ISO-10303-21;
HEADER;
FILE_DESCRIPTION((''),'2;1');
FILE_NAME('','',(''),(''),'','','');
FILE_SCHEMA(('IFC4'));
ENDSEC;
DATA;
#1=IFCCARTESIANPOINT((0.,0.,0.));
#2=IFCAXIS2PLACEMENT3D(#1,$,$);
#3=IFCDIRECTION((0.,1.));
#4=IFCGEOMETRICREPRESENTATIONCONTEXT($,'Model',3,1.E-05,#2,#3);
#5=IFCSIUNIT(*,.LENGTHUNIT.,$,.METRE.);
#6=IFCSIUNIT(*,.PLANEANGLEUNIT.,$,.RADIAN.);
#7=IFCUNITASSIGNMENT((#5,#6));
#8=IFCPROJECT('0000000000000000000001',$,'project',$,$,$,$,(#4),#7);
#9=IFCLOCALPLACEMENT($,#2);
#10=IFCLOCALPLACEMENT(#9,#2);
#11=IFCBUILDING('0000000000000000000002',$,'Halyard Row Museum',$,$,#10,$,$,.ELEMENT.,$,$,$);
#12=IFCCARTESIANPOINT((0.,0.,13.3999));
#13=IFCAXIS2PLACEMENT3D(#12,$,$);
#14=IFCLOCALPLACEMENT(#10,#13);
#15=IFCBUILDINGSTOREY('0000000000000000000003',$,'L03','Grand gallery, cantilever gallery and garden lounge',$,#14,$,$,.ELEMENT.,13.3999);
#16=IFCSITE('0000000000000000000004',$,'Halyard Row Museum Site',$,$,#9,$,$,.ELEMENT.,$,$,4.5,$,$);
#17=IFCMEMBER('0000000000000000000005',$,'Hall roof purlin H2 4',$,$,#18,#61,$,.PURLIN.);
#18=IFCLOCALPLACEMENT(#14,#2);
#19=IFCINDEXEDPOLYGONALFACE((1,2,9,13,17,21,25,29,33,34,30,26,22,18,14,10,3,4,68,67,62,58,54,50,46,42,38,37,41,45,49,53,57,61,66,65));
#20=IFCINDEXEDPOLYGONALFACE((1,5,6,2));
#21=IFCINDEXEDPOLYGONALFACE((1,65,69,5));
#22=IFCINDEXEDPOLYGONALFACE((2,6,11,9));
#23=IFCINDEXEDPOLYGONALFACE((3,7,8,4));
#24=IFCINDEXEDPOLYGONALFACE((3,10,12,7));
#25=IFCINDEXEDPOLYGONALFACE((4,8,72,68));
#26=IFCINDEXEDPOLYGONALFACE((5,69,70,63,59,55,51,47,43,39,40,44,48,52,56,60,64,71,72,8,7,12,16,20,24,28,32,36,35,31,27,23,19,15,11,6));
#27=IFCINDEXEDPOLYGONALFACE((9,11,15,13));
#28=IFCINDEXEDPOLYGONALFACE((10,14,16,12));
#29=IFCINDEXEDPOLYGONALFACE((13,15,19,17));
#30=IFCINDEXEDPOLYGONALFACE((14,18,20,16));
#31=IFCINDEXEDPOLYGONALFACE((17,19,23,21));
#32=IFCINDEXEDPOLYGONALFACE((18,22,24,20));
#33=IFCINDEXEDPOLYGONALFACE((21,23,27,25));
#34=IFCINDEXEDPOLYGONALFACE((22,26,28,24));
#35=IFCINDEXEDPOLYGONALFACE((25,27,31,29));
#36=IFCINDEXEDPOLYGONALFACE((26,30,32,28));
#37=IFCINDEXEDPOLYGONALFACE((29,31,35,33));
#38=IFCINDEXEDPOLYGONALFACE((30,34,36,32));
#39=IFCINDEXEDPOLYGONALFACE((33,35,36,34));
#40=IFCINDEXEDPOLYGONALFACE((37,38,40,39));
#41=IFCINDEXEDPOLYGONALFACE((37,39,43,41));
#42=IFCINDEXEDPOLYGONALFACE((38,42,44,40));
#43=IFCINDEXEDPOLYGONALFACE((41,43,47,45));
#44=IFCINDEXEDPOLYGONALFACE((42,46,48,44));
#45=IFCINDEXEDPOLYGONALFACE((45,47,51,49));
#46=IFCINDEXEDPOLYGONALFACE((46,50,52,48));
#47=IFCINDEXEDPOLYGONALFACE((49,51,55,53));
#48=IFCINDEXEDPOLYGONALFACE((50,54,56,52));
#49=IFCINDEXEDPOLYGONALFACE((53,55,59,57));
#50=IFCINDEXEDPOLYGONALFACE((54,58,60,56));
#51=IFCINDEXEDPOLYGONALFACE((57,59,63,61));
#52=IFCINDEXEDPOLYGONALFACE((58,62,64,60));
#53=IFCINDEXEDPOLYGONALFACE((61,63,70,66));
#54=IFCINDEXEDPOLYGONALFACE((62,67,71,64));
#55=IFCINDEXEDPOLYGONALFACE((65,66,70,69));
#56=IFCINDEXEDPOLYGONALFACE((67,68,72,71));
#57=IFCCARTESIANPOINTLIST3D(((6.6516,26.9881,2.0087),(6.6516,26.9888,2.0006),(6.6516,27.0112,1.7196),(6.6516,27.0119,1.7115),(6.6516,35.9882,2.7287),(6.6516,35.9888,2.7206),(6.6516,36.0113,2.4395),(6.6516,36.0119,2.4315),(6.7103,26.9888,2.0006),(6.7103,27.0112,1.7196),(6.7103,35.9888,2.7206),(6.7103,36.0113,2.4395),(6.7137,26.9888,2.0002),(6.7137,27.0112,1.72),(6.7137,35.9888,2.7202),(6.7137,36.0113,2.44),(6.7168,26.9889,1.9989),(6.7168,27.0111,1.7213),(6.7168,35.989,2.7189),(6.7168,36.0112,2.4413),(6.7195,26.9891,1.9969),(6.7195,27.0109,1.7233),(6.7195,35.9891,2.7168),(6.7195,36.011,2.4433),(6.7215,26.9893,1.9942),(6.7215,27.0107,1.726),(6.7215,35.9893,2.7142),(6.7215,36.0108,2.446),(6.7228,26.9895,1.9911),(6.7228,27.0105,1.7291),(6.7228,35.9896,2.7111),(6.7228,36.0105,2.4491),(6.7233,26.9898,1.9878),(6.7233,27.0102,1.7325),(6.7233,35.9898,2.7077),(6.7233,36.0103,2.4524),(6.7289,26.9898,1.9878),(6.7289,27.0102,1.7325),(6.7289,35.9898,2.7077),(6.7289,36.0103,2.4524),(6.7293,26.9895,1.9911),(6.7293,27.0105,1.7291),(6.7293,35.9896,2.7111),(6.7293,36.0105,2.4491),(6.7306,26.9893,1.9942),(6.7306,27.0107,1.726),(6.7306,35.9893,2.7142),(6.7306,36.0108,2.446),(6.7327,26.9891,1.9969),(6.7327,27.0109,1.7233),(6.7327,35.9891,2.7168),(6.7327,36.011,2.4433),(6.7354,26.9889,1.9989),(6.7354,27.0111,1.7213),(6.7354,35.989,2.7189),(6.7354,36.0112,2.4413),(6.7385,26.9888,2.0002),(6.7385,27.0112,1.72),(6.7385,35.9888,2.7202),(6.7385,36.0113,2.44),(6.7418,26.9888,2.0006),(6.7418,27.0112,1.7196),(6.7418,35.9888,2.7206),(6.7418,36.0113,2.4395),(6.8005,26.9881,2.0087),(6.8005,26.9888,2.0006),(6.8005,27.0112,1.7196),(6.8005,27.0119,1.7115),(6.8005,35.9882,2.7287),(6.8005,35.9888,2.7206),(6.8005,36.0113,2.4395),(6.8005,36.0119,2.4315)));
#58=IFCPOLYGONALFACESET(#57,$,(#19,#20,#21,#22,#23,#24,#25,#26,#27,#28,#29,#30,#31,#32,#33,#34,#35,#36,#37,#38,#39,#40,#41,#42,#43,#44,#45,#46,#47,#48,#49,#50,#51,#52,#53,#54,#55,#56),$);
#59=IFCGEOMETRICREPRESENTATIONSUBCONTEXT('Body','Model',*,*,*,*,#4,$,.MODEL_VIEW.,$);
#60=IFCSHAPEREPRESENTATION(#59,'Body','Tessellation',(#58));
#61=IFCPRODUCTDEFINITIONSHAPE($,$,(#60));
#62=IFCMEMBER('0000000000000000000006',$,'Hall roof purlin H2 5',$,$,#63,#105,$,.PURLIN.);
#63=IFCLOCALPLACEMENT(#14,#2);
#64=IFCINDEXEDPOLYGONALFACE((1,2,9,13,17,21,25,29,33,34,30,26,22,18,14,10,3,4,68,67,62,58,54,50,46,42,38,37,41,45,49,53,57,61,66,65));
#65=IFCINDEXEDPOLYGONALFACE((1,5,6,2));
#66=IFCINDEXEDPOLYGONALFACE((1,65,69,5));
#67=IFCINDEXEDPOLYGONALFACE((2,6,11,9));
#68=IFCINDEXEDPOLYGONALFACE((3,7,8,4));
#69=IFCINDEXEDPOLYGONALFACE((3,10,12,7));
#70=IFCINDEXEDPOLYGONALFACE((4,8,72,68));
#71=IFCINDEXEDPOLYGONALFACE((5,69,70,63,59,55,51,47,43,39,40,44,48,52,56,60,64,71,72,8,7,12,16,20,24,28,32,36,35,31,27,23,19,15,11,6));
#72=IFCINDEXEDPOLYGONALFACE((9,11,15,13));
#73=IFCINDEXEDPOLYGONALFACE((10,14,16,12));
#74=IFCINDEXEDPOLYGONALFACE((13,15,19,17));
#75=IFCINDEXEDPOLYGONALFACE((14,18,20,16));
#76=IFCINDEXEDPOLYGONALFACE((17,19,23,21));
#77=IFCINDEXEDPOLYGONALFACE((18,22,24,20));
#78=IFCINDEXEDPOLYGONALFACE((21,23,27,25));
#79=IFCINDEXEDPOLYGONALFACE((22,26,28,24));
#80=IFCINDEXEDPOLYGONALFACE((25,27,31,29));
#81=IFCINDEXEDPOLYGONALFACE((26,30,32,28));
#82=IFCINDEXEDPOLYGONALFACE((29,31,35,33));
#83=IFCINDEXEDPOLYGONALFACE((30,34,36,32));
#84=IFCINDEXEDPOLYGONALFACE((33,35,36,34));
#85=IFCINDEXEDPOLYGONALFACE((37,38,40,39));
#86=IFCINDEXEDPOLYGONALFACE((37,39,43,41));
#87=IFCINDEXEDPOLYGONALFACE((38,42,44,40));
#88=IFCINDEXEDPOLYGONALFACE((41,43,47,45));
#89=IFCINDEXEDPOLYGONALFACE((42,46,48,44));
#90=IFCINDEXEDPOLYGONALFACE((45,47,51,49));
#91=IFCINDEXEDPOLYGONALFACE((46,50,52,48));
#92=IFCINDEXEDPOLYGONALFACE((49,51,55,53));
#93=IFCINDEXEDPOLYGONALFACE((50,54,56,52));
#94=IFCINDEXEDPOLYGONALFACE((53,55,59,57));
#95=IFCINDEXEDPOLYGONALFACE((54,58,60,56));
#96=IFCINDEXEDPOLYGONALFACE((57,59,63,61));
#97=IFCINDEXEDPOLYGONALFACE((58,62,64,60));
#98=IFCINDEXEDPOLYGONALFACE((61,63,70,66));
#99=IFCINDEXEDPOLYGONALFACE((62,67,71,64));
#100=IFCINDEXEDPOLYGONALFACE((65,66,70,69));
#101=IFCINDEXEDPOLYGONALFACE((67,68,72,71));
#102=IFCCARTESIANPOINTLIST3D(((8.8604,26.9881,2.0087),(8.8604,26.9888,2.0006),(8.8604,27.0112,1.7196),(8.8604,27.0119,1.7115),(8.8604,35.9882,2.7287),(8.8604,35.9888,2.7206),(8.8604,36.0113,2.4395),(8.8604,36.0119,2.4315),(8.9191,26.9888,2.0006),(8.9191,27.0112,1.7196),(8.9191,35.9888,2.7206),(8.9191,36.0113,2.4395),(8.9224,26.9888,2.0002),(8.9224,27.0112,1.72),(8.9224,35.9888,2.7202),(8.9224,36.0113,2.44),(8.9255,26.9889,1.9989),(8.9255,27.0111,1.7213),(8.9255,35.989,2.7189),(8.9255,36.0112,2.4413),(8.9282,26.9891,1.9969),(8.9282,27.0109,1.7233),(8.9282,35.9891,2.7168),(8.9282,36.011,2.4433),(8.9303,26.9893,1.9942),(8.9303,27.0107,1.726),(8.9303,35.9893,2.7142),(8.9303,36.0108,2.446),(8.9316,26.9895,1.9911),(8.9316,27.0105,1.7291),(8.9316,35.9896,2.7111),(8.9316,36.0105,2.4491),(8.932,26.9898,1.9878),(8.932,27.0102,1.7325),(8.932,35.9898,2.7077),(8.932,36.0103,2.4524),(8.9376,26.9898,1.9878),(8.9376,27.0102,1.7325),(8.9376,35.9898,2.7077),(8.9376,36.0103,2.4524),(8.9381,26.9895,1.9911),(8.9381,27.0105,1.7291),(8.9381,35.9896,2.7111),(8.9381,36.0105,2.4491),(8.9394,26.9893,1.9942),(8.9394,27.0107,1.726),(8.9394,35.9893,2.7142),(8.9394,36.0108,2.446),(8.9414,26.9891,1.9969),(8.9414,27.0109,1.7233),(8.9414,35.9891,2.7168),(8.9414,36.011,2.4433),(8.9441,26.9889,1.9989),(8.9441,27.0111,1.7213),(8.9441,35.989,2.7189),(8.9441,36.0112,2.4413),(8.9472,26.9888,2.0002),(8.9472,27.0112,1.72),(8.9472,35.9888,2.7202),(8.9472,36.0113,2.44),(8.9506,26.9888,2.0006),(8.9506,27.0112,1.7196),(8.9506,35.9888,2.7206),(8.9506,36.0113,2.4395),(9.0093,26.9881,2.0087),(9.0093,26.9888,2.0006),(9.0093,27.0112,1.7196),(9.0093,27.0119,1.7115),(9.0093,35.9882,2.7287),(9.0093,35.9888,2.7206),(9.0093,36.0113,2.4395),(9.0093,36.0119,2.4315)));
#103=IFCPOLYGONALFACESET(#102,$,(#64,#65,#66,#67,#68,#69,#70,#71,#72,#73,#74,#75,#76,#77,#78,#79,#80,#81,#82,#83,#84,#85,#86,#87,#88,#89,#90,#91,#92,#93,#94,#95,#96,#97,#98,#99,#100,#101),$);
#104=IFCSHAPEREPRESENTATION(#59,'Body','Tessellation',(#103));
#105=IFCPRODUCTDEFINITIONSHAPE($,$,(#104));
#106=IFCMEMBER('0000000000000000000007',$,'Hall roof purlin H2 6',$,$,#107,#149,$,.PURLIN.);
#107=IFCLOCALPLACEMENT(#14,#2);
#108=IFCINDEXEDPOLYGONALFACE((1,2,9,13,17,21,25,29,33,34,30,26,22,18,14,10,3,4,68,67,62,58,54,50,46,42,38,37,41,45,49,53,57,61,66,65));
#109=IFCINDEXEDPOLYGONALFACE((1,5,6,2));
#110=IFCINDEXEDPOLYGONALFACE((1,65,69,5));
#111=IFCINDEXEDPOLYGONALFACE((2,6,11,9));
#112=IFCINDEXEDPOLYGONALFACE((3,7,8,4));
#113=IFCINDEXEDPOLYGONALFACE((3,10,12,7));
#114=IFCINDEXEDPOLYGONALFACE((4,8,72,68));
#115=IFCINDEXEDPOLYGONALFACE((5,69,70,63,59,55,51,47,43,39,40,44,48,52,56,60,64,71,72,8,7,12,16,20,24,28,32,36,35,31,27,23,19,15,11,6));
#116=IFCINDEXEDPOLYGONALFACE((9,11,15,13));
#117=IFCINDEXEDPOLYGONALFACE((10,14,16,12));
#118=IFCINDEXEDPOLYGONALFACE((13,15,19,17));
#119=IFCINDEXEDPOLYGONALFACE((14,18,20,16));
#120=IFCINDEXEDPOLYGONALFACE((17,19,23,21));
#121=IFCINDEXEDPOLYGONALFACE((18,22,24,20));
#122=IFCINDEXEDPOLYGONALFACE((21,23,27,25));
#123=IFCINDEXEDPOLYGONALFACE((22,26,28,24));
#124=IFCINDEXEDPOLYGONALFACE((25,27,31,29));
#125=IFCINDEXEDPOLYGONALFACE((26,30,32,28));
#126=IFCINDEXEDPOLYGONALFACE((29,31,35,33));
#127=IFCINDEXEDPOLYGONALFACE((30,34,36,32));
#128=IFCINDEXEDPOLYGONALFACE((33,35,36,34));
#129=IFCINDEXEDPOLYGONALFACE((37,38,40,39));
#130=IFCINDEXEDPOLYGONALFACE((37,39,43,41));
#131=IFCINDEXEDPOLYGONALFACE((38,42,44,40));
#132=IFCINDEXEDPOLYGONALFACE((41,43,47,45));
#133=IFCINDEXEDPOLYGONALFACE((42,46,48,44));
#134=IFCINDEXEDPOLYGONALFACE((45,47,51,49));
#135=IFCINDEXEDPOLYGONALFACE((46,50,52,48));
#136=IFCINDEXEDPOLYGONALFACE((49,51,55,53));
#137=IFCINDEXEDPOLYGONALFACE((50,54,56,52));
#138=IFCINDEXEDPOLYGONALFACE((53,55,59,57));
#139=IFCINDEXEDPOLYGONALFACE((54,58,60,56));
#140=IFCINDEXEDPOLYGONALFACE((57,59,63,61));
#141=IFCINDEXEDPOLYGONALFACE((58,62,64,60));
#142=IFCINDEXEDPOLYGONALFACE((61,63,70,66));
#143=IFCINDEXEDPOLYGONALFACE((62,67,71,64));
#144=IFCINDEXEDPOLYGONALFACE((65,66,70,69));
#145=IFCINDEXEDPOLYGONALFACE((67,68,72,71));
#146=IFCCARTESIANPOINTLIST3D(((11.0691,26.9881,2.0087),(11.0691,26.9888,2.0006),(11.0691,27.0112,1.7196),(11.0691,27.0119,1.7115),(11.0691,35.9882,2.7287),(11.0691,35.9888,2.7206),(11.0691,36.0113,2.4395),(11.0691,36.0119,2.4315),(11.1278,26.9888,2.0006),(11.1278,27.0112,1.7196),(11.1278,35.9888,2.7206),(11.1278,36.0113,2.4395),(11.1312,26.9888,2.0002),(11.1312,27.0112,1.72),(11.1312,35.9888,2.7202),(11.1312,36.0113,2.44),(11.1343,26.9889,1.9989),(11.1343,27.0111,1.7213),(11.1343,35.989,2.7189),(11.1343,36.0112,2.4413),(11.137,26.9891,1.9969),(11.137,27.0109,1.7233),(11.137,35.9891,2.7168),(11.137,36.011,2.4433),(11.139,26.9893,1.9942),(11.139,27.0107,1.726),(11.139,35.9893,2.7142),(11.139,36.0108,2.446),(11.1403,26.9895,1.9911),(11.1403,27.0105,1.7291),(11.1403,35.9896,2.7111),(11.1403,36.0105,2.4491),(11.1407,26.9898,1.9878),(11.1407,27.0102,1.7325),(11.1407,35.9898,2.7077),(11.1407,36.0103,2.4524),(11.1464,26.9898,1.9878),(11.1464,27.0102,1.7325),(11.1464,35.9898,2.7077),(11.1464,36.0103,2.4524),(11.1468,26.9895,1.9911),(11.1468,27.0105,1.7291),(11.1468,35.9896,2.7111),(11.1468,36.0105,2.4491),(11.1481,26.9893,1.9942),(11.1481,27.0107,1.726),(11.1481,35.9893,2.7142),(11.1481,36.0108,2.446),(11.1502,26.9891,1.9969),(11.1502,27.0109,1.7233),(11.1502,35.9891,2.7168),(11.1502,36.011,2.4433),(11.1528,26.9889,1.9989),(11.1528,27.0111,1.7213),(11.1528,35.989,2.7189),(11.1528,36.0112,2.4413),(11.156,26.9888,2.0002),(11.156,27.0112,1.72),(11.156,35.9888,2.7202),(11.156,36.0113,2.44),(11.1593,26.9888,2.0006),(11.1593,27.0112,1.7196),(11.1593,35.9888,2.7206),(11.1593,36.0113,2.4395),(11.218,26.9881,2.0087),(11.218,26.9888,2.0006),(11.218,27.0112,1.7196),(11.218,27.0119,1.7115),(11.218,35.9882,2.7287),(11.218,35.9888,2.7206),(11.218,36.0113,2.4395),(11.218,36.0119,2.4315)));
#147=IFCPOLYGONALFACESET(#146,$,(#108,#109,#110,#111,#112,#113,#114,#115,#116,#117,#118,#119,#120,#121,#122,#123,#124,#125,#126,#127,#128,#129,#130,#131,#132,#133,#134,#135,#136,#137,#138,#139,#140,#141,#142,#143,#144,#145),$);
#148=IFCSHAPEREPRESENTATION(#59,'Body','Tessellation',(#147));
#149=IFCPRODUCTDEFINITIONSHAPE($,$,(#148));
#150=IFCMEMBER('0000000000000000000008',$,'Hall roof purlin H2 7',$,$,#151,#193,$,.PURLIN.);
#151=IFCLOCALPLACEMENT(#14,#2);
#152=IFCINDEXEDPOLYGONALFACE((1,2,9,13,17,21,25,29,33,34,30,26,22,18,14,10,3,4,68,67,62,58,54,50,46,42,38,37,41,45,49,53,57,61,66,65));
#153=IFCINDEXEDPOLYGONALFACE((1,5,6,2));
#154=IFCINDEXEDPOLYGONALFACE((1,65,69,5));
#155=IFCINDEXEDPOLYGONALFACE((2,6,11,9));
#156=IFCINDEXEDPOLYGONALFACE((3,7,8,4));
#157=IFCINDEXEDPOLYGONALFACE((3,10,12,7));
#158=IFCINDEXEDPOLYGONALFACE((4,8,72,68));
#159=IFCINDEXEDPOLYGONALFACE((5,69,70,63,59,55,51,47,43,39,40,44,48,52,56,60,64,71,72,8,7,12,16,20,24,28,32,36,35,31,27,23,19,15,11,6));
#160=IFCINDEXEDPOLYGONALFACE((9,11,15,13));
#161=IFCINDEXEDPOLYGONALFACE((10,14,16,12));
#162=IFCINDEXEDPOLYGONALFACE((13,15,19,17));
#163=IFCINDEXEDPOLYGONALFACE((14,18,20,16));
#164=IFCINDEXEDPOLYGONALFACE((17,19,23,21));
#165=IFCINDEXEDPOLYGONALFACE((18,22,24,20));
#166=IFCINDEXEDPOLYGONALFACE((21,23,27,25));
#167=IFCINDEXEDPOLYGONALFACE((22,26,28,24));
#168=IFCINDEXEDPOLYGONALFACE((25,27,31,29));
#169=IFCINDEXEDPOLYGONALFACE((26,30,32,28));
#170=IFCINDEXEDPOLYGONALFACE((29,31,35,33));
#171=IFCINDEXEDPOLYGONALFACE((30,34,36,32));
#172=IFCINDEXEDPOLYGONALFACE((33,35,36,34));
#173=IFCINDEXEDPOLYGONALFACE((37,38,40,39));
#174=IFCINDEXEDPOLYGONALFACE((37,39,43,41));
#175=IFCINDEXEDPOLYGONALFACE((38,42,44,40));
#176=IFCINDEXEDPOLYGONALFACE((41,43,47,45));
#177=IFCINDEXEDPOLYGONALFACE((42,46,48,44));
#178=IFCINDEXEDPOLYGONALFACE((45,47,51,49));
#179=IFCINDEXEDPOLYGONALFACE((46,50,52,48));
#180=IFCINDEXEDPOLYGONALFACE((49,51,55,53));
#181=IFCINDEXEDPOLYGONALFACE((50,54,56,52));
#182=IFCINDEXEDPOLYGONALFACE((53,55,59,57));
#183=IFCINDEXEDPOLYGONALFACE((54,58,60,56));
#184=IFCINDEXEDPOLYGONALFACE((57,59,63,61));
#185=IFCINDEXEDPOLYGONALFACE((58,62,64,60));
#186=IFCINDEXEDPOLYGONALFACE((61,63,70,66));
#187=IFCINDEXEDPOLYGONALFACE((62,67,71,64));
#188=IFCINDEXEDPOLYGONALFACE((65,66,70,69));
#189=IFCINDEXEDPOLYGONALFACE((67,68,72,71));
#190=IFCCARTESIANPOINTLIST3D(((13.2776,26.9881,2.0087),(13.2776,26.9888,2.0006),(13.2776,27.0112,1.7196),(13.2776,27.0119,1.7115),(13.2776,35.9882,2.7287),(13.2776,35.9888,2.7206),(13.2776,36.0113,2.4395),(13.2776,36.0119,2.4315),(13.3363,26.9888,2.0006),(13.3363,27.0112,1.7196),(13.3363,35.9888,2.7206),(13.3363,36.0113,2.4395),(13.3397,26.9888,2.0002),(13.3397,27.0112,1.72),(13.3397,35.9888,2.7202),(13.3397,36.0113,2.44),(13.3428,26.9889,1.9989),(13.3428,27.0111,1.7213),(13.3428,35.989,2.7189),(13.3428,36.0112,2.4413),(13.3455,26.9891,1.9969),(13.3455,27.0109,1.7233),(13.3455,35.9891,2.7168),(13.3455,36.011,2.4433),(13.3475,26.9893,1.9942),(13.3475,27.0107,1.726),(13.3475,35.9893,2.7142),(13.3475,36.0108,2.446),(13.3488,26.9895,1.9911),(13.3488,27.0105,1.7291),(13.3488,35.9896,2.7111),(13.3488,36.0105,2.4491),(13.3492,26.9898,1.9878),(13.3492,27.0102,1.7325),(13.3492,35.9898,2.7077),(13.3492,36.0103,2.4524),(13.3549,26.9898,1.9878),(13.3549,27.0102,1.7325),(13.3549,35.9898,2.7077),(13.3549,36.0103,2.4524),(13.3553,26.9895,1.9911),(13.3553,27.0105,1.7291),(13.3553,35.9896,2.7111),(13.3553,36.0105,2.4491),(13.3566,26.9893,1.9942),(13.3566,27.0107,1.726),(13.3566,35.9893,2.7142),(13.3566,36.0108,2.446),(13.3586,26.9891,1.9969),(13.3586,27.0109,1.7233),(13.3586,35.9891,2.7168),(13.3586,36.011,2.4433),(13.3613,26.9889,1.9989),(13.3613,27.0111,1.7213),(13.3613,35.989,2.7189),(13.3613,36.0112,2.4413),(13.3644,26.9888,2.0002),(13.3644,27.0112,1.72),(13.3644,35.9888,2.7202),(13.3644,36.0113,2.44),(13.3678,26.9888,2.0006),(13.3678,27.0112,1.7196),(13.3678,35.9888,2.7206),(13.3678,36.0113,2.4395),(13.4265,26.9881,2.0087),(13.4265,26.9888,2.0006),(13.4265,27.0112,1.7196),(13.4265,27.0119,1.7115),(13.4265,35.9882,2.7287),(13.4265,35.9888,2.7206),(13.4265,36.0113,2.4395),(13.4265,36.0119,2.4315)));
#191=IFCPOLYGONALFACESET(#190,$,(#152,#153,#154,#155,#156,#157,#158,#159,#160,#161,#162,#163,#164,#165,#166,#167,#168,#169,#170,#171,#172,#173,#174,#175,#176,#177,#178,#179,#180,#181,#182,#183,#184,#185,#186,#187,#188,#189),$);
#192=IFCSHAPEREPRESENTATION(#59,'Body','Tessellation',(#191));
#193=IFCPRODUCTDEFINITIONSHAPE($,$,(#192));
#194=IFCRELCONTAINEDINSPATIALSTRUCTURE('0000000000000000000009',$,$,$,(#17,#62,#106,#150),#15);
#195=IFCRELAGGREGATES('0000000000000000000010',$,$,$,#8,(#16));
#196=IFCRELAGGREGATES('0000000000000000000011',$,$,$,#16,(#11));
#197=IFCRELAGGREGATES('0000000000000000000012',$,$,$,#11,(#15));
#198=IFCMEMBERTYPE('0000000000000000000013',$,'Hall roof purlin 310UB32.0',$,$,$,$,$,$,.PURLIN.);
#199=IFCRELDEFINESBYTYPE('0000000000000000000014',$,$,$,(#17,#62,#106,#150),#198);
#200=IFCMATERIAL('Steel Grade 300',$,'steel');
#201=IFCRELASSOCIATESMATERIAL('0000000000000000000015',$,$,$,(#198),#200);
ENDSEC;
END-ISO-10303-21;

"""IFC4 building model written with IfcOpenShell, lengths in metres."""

from ifc_helpers import new_model, si_unit, direction, frame, origin, origin_2d, place, context, subcontext, project, spatial, i_section, extrude, material, material_profile, profile_set, type_object, element, save


model = new_model("IFC4")

# Units and contexts
model_context = context("Model", 3, precision=1e-05, world=origin(), true_north=direction((0.0, 1.0)))
body_context = subcontext(model_context, "Body", "Model", "MODEL_VIEW")
ifc_project = project(units=[si_unit("LENGTHUNIT", "METRE"), si_unit("PLANEANGLEUNIT", "RADIAN")], contexts=[model_context])

# Site, building, storey
site_placement = place(None, origin())
site = spatial("IfcSite", under=ifc_project, at=site_placement, Name="Halyard Row Museum Site", CompositionType="ELEMENT", RefElevation=4.5)
building_placement = place(site_placement, origin())
building = spatial("IfcBuilding", under=site, at=building_placement, Name="Halyard Row Museum", CompositionType="ELEMENT")
storey_placement = place(building_placement, frame((0.0, 0.0, 13.3999)))
storey = spatial("IfcBuildingStorey", under=building, at=storey_placement, Name="L03", Description="Grand gallery, cantilever gallery and garden lounge", CompositionType="ELEMENT", Elevation=13.3999)

# Members
ifc_material_1 = material(Name="Steel Grade 300", Category="steel")
ifc_material_profile_1 = material_profile(ifc_material_1, i_section(OverallWidth=0.1489, OverallDepth=0.2981, WebThickness=0.0056, FlangeThickness=0.0081, FilletRadius=0.0129, at=origin_2d()), Name="310UB32.0")
ifc_profile_set_1 = profile_set([ifc_material_profile_1], Name="Steel Grade 300")
member_type_1 = type_object("IfcMemberType", Name="Hall roof purlin 310UB32.0", PredefinedType="PURLIN", material=ifc_profile_set_1)
for number, where, z_axis, x_axis, name in (
    (1, (6.7261, 27.0, 1.8601), (0.0, 0.996816, 0.079742), (-1.0, 0.0, 0.0), "Hall roof purlin H2 4"),
    (2, (8.9348, 27.0, 1.8601), (0.0, 0.996816, 0.079742), (-1.0, 0.0, 0.0), "Hall roof purlin H2 5"),
    (3, (11.1436, 27.0, 1.8601), (0.0, 0.996816, 0.079742), (-1.0, 0.0, 0.0), "Hall roof purlin H2 6"),
    (4, (13.3521, 27.0, 1.8601), (0.0, 0.996816, 0.079742), (-1.0, 0.0, 0.0), "Hall roof purlin H2 7"),
):
    element("IfcMember", number, at=place(storey_placement, frame(where, z_axis=z_axis, x_axis=x_axis)), inside=storey, type_object=member_type_1, Name=name, PredefinedType="PURLIN", context=body_context, shape_type="SweptSolid", body=[
        extrude(i_section(OverallWidth=0.1489, OverallDepth=0.2981, WebThickness=0.0056, FlangeThickness=0.0081, FilletRadius=0.0129, at=origin_2d()), origin(), (0.0, 0.0, 1.0), 9.0288),
    ])

save(model, "model.ifc")
